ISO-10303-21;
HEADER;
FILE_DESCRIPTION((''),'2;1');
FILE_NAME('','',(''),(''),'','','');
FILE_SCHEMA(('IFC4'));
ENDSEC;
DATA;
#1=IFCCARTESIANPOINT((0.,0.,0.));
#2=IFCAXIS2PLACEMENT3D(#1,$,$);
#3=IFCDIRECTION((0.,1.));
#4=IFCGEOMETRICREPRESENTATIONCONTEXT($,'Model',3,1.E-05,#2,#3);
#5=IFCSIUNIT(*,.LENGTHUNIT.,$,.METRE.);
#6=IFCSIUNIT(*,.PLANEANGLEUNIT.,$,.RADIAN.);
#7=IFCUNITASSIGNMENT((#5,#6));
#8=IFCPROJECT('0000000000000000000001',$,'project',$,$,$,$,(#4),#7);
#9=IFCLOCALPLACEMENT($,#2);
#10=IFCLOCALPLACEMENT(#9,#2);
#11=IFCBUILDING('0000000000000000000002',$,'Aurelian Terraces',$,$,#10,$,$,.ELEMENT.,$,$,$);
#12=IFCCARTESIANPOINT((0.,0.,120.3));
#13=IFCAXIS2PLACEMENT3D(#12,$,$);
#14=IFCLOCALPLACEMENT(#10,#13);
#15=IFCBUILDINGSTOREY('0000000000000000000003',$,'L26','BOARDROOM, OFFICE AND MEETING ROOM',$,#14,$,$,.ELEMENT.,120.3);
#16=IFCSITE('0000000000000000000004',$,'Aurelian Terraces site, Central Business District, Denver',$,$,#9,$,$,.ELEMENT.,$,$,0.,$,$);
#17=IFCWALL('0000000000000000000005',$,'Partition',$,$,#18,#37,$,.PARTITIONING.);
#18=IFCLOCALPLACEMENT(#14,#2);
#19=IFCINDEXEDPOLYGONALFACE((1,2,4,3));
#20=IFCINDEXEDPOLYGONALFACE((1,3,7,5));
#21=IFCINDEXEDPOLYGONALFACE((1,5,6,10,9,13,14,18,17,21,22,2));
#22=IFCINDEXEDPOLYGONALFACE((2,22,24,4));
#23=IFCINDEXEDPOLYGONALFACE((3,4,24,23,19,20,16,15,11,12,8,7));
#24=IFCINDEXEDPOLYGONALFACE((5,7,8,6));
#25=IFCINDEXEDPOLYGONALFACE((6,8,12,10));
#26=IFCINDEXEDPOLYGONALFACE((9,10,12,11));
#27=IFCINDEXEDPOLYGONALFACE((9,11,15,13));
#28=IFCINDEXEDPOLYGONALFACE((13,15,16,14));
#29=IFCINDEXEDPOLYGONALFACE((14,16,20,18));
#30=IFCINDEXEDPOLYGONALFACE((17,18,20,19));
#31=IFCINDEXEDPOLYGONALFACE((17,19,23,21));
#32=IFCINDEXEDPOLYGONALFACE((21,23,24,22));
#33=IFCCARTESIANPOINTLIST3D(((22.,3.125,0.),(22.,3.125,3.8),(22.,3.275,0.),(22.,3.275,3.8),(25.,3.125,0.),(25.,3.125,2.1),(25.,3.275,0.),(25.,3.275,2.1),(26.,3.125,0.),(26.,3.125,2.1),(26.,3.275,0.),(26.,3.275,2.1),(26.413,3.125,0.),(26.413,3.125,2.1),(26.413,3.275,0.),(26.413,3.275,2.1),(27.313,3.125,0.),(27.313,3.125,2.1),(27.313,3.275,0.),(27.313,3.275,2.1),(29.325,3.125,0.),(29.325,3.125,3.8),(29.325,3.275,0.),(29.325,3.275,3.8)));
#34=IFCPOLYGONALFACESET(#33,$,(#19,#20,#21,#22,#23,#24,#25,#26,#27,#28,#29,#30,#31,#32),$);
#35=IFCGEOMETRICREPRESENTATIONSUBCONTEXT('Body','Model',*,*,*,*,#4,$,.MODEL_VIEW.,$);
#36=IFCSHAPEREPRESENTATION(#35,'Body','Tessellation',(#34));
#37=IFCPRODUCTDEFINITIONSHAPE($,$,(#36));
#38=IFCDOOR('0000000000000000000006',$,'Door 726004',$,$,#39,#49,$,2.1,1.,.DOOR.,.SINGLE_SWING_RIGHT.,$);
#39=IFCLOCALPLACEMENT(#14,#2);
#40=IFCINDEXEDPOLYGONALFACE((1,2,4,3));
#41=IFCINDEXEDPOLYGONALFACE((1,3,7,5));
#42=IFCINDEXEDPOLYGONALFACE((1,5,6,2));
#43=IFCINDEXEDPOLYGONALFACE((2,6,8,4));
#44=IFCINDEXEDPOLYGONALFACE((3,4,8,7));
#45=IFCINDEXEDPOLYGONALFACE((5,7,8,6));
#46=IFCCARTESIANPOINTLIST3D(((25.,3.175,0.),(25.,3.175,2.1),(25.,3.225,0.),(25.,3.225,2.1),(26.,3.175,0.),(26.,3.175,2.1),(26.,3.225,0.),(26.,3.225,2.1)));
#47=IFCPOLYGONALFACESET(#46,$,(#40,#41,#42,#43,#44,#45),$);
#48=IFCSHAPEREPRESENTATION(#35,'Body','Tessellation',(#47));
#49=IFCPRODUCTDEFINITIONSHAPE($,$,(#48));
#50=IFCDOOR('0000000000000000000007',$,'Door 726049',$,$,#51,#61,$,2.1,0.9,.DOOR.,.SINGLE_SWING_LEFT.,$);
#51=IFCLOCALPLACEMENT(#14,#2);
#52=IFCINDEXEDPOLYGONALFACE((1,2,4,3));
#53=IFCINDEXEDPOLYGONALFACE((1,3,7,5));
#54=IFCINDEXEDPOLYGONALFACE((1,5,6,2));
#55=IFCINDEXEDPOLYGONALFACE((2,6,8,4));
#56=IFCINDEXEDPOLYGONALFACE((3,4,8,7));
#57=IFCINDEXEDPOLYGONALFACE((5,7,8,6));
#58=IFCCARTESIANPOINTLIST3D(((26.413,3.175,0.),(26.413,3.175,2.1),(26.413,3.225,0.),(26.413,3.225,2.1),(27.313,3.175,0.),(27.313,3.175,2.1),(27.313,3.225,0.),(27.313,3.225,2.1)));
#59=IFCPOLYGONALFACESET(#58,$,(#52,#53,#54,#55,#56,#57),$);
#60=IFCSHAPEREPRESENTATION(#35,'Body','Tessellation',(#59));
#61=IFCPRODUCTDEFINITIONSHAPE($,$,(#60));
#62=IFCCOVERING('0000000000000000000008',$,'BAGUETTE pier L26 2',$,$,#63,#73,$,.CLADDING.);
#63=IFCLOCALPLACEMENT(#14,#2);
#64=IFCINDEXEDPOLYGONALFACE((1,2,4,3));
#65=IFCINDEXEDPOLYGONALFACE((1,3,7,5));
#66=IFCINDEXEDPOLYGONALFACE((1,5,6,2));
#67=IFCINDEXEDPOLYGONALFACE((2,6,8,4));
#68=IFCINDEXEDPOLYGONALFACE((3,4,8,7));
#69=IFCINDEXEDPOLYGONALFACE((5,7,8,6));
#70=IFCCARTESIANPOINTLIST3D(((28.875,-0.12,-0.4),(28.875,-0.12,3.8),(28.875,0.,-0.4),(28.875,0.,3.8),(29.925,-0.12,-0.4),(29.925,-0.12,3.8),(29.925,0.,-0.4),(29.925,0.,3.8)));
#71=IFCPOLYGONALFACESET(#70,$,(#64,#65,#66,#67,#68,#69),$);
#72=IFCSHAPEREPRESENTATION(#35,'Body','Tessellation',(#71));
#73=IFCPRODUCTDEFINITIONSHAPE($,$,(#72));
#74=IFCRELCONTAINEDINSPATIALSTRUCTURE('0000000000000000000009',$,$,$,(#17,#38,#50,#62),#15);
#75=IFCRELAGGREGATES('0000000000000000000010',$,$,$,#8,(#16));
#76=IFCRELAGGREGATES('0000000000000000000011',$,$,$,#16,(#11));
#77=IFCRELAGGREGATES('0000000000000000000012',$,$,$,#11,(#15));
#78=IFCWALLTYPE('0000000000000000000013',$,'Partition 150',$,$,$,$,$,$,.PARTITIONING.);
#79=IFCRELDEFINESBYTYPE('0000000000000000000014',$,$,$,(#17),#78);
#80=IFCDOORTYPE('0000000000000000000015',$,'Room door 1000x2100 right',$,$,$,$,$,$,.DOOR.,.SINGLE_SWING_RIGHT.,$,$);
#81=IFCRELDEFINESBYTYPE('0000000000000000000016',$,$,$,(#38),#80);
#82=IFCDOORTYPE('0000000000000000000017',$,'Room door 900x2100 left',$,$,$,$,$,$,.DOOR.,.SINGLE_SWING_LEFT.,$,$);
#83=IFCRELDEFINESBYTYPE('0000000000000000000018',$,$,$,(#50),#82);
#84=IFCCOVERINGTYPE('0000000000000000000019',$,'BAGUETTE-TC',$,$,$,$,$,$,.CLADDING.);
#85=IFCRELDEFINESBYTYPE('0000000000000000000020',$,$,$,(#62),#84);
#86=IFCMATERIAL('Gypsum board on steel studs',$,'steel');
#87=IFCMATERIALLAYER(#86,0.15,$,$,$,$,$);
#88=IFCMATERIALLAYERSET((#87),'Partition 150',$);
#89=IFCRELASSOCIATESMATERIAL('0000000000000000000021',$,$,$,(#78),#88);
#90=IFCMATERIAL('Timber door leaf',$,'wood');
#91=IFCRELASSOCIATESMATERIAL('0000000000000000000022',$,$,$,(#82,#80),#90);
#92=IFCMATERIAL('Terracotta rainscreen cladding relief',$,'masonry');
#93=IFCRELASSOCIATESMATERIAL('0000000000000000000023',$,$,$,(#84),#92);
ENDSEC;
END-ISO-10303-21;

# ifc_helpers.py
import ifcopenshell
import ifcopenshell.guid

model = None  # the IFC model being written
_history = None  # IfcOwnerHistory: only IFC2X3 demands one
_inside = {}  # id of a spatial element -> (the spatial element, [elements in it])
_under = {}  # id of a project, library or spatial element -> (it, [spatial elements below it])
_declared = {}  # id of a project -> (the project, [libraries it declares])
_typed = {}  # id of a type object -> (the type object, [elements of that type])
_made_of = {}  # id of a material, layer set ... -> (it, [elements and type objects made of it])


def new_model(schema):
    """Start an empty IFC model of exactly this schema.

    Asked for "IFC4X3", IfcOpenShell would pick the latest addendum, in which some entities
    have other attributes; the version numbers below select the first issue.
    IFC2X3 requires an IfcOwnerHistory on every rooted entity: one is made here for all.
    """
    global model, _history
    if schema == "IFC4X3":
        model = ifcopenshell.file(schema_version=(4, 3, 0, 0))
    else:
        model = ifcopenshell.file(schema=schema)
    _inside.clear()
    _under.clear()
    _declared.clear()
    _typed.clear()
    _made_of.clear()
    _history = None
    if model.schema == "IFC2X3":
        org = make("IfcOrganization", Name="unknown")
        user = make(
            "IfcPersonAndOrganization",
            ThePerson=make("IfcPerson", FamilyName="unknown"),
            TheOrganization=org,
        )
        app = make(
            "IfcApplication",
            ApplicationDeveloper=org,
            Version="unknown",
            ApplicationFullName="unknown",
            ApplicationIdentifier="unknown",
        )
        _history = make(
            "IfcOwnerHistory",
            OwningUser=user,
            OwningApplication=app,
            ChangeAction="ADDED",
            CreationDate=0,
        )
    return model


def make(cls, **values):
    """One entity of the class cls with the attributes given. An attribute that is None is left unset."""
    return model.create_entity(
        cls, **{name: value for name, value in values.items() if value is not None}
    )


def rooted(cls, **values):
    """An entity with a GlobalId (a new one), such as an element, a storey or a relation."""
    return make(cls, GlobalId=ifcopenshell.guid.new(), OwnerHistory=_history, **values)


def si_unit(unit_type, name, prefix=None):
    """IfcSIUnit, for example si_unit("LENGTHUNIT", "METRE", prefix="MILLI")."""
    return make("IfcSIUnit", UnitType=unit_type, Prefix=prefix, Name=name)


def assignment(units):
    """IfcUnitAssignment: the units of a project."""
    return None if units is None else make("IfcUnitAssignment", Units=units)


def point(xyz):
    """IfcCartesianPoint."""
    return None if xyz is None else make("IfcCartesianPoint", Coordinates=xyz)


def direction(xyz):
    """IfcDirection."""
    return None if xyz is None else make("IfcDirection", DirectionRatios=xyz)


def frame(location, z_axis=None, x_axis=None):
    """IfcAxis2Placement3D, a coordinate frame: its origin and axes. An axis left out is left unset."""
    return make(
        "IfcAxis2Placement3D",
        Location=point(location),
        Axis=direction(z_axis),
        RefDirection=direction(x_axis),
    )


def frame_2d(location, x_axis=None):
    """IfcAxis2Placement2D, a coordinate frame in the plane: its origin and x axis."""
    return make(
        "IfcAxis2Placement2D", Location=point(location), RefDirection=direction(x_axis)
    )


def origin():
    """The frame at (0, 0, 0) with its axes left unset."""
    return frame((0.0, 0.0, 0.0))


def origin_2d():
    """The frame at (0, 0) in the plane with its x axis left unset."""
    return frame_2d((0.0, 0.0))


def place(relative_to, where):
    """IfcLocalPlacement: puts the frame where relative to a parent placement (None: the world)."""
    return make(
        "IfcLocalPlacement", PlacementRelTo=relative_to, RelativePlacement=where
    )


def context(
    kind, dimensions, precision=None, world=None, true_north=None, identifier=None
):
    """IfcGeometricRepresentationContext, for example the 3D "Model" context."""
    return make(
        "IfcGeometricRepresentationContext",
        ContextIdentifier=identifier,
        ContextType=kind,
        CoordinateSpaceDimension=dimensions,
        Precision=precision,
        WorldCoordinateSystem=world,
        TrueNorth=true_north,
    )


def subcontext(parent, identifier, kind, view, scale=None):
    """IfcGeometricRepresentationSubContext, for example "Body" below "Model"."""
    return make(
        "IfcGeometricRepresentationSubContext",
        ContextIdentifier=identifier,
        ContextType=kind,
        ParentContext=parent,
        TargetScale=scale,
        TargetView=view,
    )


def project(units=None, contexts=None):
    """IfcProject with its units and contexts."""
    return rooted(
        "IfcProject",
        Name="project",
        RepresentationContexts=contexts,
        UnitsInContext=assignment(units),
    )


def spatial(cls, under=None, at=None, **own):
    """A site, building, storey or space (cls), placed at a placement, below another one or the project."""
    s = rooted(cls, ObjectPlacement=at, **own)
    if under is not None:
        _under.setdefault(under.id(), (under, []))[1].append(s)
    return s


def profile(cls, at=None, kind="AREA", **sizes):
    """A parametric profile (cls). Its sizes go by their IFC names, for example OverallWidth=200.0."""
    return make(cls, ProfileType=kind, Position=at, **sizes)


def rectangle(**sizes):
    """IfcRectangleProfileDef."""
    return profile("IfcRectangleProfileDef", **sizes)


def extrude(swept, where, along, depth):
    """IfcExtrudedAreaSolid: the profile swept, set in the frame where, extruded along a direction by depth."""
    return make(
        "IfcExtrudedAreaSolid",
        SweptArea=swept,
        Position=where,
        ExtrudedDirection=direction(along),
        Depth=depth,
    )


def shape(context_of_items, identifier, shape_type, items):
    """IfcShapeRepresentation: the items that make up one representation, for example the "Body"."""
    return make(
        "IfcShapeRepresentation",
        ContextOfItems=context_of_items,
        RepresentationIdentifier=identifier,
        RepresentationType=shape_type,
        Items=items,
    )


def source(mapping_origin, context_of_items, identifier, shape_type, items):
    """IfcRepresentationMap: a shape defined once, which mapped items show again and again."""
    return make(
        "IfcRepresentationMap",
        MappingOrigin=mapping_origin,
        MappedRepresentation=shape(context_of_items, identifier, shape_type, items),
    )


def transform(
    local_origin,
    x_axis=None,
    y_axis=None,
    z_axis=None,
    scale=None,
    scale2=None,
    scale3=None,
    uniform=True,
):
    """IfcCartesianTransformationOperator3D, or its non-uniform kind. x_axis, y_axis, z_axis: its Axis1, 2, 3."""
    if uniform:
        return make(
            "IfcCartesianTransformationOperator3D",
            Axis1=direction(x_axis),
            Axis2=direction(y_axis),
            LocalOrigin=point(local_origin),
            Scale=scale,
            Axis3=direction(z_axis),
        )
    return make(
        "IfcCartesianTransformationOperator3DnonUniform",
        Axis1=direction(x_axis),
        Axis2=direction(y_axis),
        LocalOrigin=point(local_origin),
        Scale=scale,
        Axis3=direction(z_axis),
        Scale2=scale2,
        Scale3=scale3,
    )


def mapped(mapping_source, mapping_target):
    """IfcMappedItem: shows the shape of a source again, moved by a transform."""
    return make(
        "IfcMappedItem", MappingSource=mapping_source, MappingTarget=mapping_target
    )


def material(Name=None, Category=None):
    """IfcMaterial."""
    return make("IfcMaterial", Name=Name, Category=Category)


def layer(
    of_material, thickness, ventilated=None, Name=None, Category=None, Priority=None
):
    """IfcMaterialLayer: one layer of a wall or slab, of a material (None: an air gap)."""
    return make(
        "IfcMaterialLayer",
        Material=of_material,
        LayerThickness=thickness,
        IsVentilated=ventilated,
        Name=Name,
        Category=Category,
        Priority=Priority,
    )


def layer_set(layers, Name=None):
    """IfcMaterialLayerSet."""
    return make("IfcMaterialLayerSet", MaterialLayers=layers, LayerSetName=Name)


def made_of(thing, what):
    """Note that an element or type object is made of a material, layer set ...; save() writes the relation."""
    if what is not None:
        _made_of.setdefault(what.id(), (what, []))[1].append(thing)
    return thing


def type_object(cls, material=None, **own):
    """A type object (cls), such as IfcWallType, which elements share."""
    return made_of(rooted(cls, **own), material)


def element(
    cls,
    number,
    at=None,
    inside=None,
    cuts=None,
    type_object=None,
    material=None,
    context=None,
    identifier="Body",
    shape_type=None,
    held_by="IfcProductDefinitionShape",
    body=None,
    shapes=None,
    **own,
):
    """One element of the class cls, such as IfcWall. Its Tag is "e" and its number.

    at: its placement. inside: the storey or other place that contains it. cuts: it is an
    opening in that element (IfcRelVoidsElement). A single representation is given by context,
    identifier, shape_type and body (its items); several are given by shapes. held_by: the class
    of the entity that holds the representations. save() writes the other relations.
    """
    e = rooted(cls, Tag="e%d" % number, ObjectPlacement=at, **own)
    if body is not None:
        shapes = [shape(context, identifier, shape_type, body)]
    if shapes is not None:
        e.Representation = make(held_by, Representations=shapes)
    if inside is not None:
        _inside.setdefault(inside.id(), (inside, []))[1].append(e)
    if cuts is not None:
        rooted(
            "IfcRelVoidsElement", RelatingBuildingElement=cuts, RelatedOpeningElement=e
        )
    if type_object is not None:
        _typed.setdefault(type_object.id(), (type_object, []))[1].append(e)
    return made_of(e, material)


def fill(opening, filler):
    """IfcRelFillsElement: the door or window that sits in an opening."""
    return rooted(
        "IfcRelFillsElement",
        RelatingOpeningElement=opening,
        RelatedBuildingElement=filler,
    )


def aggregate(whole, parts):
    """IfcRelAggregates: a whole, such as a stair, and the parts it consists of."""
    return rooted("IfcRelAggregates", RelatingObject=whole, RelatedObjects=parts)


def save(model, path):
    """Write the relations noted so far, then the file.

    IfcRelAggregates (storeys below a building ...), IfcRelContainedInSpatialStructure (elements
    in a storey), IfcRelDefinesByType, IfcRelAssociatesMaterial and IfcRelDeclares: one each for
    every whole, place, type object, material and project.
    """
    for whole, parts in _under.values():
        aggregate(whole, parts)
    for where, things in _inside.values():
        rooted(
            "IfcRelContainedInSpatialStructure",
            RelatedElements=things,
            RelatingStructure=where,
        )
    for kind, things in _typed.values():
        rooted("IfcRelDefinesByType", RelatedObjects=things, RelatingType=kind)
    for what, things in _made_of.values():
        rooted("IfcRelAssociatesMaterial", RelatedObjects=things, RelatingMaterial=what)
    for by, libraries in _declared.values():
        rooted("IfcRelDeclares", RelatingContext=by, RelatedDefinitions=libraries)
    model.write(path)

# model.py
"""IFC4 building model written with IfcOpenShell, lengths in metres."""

from ifc_helpers import new_model, si_unit, direction, frame, frame_2d, origin, origin_2d, place, context, subcontext, project, spatial, rectangle, extrude, source, transform, mapped, material, layer, layer_set, type_object, element, fill, save


model = new_model("IFC4")

# Units and contexts
model_context = context("Model", 3, precision=1e-05, world=origin(), true_north=direction((0.0, 1.0)))
body_context = subcontext(model_context, "Body", "Model", "MODEL_VIEW")
ifc_project = project(units=[si_unit("LENGTHUNIT", "METRE"), si_unit("PLANEANGLEUNIT", "RADIAN")], contexts=[model_context])

# Site, building, storey
site_placement = place(None, origin())
site = spatial("IfcSite", under=ifc_project, at=site_placement, Name="Aurelian Terraces site, Central Business District, Denver", CompositionType="ELEMENT", RefElevation=0.0)
building_placement = place(site_placement, origin())
building = spatial("IfcBuilding", under=site, at=building_placement, Name="Aurelian Terraces", CompositionType="ELEMENT")
storey_placement = place(building_placement, frame((0.0, 0.0, 120.3)))
storey = spatial("IfcBuildingStorey", under=building, at=storey_placement, Name="L26", Description="BOARDROOM, OFFICE AND MEETING ROOM", CompositionType="ELEMENT", Elevation=120.3)

# Shared definitions
ifc_material_1 = material(Name="Gypsum board on steel studs", Category="steel")
ifc_layer_1 = layer(ifc_material_1, 0.15)
ifc_layer_set_1 = layer_set([ifc_layer_1], Name="Partition 150")
wall_type_1 = type_object("IfcWallType", Name="Partition 150", PredefinedType="PARTITIONING", material=ifc_layer_set_1)
shared_shape_1 = source(origin(), body_context, "Body", "SweptSolid", [
    extrude(rectangle(XDim=0.9, YDim=2.1, at=frame_2d((0.45, 1.05))), frame((0.0, 0.085, 0.0), z_axis=(0.0, -1.0, 0.0), x_axis=(1.0, 0.0, 0.0)), (0.0, 0.0, 1.0), 0.17),
])
ifc_material_2 = material(Name="Timber door leaf", Category="wood")
shared_shape_2 = source(origin(), body_context, "Body", "SweptSolid", [
    extrude(rectangle(XDim=0.9, YDim=2.1, at=frame_2d((0.45, 1.05))), frame((0.0, 0.025, 0.0), z_axis=(0.0, -1.0, 0.0), x_axis=(1.0, 0.0, 0.0)), (0.0, 0.0, 1.0), 0.05),
])
door_type_1 = type_object("IfcDoorType", Name="Room door 900x2100 left", OperationType="SINGLE_SWING_LEFT", PredefinedType="DOOR", material=ifc_material_2)

# Wall, openings, doors
shared_shape_3 = source(origin(), body_context, "Body", "SweptSolid", [
    extrude(rectangle(XDim=7.325, YDim=0.15, at=frame_2d((3.6625, 0.0))), origin(), (0.0, 0.0, 1.0), 3.8),
])
wall_1_placement = place(storey_placement, frame((22.0, 3.2, 0.0), z_axis=(0.0, 0.0, 1.0), x_axis=(1.0, 0.0, 0.0)))
wall_1 = element("IfcWall", 1, at=wall_1_placement, inside=storey, type_object=wall_type_1, Name="Partition", PredefinedType="PARTITIONING", context=body_context, shape_type="MappedRepresentation", body=[
    mapped(shared_shape_3, transform((0.0, 0.0, 0.0), scale=1.0)),
])
shared_shape_4 = source(origin(), body_context, "Body", "SweptSolid", [
    extrude(rectangle(XDim=1.0, YDim=2.1, at=frame_2d((0.5, 1.05))), frame((0.0, 0.085, 0.0), z_axis=(0.0, -1.0, 0.0), x_axis=(1.0, 0.0, 0.0)), (0.0, 0.0, 1.0), 0.17),
])
opening_1_placement = place(wall_1_placement, frame((3.0, 0.0, 0.0)))
opening_1 = element("IfcOpeningElement", 2, at=opening_1_placement, cuts=wall_1, PredefinedType="OPENING", context=body_context, shape_type="MappedRepresentation", body=[
    mapped(shared_shape_4, transform((0.0, 0.0, 0.0), scale=1.0)),
])
opening_2_placement = place(wall_1_placement, frame((4.413, 0.0, 0.0)))
opening_2 = element("IfcOpeningElement", 3, at=opening_2_placement, cuts=wall_1, PredefinedType="OPENING", context=body_context, shape_type="MappedRepresentation", body=[
    mapped(shared_shape_1, transform((0.0, 0.0, 0.0), scale=1.0)),
])
door_type_2 = type_object("IfcDoorType", Name="Room door 1000x2100 right", OperationType="SINGLE_SWING_RIGHT", PredefinedType="DOOR", material=ifc_material_2)
shared_shape_5 = source(origin(), body_context, "Body", "SweptSolid", [
    extrude(rectangle(XDim=1.0, YDim=2.1, at=frame_2d((0.5, 1.05))), frame((0.0, 0.025, 0.0), z_axis=(0.0, -1.0, 0.0), x_axis=(1.0, 0.0, 0.0)), (0.0, 0.0, 1.0), 0.05),
])
door_1_placement = place(opening_1_placement, origin())
door_1 = element("IfcDoor", 4, at=door_1_placement, inside=storey, type_object=door_type_2, Name="Door 726004", OperationType="SINGLE_SWING_RIGHT", OverallHeight=2.1, OverallWidth=1.0, PredefinedType="DOOR", context=body_context, shape_type="MappedRepresentation", body=[
    mapped(shared_shape_5, transform((0.0, 0.0, 0.0), scale=1.0)),
])
fill(opening_1, door_1)
door_2_placement = place(opening_2_placement, origin())
door_2 = element("IfcDoor", 5, at=door_2_placement, inside=storey, type_object=door_type_1, Name="Door 726049", OperationType="SINGLE_SWING_LEFT", OverallHeight=2.1, OverallWidth=0.9, PredefinedType="DOOR", context=body_context, shape_type="MappedRepresentation", body=[
    mapped(shared_shape_2, transform((0.0, 0.0, 0.0), scale=1.0)),
])
fill(opening_2, door_2)

# Covering
ifc_material_3 = material(Name="Terracotta rainscreen cladding relief", Category="masonry")
covering_type = type_object("IfcCoveringType", Name="BAGUETTE-TC", PredefinedType="CLADDING", material=ifc_material_3)
shared_shape_6 = source(origin(), body_context, "Body", "SweptSolid", [
    extrude(rectangle(XDim=1.05, YDim=0.12, at=origin_2d()), origin(), (0.0, 0.0, 1.0), 4.2),
])
covering_placement = place(storey_placement, frame((29.4, -0.06, -0.4), z_axis=(0.0, 0.0, 1.0), x_axis=(1.0, 0.0, 0.0)))
element("IfcCovering", 6, at=covering_placement, inside=storey, type_object=covering_type, Name="BAGUETTE pier L26 2", PredefinedType="CLADDING", context=body_context, shape_type="MappedRepresentation", body=[
    mapped(shared_shape_6, transform((0.0, 0.0, 0.0), scale=1.0)),
])

save(model, "model.ifc")
